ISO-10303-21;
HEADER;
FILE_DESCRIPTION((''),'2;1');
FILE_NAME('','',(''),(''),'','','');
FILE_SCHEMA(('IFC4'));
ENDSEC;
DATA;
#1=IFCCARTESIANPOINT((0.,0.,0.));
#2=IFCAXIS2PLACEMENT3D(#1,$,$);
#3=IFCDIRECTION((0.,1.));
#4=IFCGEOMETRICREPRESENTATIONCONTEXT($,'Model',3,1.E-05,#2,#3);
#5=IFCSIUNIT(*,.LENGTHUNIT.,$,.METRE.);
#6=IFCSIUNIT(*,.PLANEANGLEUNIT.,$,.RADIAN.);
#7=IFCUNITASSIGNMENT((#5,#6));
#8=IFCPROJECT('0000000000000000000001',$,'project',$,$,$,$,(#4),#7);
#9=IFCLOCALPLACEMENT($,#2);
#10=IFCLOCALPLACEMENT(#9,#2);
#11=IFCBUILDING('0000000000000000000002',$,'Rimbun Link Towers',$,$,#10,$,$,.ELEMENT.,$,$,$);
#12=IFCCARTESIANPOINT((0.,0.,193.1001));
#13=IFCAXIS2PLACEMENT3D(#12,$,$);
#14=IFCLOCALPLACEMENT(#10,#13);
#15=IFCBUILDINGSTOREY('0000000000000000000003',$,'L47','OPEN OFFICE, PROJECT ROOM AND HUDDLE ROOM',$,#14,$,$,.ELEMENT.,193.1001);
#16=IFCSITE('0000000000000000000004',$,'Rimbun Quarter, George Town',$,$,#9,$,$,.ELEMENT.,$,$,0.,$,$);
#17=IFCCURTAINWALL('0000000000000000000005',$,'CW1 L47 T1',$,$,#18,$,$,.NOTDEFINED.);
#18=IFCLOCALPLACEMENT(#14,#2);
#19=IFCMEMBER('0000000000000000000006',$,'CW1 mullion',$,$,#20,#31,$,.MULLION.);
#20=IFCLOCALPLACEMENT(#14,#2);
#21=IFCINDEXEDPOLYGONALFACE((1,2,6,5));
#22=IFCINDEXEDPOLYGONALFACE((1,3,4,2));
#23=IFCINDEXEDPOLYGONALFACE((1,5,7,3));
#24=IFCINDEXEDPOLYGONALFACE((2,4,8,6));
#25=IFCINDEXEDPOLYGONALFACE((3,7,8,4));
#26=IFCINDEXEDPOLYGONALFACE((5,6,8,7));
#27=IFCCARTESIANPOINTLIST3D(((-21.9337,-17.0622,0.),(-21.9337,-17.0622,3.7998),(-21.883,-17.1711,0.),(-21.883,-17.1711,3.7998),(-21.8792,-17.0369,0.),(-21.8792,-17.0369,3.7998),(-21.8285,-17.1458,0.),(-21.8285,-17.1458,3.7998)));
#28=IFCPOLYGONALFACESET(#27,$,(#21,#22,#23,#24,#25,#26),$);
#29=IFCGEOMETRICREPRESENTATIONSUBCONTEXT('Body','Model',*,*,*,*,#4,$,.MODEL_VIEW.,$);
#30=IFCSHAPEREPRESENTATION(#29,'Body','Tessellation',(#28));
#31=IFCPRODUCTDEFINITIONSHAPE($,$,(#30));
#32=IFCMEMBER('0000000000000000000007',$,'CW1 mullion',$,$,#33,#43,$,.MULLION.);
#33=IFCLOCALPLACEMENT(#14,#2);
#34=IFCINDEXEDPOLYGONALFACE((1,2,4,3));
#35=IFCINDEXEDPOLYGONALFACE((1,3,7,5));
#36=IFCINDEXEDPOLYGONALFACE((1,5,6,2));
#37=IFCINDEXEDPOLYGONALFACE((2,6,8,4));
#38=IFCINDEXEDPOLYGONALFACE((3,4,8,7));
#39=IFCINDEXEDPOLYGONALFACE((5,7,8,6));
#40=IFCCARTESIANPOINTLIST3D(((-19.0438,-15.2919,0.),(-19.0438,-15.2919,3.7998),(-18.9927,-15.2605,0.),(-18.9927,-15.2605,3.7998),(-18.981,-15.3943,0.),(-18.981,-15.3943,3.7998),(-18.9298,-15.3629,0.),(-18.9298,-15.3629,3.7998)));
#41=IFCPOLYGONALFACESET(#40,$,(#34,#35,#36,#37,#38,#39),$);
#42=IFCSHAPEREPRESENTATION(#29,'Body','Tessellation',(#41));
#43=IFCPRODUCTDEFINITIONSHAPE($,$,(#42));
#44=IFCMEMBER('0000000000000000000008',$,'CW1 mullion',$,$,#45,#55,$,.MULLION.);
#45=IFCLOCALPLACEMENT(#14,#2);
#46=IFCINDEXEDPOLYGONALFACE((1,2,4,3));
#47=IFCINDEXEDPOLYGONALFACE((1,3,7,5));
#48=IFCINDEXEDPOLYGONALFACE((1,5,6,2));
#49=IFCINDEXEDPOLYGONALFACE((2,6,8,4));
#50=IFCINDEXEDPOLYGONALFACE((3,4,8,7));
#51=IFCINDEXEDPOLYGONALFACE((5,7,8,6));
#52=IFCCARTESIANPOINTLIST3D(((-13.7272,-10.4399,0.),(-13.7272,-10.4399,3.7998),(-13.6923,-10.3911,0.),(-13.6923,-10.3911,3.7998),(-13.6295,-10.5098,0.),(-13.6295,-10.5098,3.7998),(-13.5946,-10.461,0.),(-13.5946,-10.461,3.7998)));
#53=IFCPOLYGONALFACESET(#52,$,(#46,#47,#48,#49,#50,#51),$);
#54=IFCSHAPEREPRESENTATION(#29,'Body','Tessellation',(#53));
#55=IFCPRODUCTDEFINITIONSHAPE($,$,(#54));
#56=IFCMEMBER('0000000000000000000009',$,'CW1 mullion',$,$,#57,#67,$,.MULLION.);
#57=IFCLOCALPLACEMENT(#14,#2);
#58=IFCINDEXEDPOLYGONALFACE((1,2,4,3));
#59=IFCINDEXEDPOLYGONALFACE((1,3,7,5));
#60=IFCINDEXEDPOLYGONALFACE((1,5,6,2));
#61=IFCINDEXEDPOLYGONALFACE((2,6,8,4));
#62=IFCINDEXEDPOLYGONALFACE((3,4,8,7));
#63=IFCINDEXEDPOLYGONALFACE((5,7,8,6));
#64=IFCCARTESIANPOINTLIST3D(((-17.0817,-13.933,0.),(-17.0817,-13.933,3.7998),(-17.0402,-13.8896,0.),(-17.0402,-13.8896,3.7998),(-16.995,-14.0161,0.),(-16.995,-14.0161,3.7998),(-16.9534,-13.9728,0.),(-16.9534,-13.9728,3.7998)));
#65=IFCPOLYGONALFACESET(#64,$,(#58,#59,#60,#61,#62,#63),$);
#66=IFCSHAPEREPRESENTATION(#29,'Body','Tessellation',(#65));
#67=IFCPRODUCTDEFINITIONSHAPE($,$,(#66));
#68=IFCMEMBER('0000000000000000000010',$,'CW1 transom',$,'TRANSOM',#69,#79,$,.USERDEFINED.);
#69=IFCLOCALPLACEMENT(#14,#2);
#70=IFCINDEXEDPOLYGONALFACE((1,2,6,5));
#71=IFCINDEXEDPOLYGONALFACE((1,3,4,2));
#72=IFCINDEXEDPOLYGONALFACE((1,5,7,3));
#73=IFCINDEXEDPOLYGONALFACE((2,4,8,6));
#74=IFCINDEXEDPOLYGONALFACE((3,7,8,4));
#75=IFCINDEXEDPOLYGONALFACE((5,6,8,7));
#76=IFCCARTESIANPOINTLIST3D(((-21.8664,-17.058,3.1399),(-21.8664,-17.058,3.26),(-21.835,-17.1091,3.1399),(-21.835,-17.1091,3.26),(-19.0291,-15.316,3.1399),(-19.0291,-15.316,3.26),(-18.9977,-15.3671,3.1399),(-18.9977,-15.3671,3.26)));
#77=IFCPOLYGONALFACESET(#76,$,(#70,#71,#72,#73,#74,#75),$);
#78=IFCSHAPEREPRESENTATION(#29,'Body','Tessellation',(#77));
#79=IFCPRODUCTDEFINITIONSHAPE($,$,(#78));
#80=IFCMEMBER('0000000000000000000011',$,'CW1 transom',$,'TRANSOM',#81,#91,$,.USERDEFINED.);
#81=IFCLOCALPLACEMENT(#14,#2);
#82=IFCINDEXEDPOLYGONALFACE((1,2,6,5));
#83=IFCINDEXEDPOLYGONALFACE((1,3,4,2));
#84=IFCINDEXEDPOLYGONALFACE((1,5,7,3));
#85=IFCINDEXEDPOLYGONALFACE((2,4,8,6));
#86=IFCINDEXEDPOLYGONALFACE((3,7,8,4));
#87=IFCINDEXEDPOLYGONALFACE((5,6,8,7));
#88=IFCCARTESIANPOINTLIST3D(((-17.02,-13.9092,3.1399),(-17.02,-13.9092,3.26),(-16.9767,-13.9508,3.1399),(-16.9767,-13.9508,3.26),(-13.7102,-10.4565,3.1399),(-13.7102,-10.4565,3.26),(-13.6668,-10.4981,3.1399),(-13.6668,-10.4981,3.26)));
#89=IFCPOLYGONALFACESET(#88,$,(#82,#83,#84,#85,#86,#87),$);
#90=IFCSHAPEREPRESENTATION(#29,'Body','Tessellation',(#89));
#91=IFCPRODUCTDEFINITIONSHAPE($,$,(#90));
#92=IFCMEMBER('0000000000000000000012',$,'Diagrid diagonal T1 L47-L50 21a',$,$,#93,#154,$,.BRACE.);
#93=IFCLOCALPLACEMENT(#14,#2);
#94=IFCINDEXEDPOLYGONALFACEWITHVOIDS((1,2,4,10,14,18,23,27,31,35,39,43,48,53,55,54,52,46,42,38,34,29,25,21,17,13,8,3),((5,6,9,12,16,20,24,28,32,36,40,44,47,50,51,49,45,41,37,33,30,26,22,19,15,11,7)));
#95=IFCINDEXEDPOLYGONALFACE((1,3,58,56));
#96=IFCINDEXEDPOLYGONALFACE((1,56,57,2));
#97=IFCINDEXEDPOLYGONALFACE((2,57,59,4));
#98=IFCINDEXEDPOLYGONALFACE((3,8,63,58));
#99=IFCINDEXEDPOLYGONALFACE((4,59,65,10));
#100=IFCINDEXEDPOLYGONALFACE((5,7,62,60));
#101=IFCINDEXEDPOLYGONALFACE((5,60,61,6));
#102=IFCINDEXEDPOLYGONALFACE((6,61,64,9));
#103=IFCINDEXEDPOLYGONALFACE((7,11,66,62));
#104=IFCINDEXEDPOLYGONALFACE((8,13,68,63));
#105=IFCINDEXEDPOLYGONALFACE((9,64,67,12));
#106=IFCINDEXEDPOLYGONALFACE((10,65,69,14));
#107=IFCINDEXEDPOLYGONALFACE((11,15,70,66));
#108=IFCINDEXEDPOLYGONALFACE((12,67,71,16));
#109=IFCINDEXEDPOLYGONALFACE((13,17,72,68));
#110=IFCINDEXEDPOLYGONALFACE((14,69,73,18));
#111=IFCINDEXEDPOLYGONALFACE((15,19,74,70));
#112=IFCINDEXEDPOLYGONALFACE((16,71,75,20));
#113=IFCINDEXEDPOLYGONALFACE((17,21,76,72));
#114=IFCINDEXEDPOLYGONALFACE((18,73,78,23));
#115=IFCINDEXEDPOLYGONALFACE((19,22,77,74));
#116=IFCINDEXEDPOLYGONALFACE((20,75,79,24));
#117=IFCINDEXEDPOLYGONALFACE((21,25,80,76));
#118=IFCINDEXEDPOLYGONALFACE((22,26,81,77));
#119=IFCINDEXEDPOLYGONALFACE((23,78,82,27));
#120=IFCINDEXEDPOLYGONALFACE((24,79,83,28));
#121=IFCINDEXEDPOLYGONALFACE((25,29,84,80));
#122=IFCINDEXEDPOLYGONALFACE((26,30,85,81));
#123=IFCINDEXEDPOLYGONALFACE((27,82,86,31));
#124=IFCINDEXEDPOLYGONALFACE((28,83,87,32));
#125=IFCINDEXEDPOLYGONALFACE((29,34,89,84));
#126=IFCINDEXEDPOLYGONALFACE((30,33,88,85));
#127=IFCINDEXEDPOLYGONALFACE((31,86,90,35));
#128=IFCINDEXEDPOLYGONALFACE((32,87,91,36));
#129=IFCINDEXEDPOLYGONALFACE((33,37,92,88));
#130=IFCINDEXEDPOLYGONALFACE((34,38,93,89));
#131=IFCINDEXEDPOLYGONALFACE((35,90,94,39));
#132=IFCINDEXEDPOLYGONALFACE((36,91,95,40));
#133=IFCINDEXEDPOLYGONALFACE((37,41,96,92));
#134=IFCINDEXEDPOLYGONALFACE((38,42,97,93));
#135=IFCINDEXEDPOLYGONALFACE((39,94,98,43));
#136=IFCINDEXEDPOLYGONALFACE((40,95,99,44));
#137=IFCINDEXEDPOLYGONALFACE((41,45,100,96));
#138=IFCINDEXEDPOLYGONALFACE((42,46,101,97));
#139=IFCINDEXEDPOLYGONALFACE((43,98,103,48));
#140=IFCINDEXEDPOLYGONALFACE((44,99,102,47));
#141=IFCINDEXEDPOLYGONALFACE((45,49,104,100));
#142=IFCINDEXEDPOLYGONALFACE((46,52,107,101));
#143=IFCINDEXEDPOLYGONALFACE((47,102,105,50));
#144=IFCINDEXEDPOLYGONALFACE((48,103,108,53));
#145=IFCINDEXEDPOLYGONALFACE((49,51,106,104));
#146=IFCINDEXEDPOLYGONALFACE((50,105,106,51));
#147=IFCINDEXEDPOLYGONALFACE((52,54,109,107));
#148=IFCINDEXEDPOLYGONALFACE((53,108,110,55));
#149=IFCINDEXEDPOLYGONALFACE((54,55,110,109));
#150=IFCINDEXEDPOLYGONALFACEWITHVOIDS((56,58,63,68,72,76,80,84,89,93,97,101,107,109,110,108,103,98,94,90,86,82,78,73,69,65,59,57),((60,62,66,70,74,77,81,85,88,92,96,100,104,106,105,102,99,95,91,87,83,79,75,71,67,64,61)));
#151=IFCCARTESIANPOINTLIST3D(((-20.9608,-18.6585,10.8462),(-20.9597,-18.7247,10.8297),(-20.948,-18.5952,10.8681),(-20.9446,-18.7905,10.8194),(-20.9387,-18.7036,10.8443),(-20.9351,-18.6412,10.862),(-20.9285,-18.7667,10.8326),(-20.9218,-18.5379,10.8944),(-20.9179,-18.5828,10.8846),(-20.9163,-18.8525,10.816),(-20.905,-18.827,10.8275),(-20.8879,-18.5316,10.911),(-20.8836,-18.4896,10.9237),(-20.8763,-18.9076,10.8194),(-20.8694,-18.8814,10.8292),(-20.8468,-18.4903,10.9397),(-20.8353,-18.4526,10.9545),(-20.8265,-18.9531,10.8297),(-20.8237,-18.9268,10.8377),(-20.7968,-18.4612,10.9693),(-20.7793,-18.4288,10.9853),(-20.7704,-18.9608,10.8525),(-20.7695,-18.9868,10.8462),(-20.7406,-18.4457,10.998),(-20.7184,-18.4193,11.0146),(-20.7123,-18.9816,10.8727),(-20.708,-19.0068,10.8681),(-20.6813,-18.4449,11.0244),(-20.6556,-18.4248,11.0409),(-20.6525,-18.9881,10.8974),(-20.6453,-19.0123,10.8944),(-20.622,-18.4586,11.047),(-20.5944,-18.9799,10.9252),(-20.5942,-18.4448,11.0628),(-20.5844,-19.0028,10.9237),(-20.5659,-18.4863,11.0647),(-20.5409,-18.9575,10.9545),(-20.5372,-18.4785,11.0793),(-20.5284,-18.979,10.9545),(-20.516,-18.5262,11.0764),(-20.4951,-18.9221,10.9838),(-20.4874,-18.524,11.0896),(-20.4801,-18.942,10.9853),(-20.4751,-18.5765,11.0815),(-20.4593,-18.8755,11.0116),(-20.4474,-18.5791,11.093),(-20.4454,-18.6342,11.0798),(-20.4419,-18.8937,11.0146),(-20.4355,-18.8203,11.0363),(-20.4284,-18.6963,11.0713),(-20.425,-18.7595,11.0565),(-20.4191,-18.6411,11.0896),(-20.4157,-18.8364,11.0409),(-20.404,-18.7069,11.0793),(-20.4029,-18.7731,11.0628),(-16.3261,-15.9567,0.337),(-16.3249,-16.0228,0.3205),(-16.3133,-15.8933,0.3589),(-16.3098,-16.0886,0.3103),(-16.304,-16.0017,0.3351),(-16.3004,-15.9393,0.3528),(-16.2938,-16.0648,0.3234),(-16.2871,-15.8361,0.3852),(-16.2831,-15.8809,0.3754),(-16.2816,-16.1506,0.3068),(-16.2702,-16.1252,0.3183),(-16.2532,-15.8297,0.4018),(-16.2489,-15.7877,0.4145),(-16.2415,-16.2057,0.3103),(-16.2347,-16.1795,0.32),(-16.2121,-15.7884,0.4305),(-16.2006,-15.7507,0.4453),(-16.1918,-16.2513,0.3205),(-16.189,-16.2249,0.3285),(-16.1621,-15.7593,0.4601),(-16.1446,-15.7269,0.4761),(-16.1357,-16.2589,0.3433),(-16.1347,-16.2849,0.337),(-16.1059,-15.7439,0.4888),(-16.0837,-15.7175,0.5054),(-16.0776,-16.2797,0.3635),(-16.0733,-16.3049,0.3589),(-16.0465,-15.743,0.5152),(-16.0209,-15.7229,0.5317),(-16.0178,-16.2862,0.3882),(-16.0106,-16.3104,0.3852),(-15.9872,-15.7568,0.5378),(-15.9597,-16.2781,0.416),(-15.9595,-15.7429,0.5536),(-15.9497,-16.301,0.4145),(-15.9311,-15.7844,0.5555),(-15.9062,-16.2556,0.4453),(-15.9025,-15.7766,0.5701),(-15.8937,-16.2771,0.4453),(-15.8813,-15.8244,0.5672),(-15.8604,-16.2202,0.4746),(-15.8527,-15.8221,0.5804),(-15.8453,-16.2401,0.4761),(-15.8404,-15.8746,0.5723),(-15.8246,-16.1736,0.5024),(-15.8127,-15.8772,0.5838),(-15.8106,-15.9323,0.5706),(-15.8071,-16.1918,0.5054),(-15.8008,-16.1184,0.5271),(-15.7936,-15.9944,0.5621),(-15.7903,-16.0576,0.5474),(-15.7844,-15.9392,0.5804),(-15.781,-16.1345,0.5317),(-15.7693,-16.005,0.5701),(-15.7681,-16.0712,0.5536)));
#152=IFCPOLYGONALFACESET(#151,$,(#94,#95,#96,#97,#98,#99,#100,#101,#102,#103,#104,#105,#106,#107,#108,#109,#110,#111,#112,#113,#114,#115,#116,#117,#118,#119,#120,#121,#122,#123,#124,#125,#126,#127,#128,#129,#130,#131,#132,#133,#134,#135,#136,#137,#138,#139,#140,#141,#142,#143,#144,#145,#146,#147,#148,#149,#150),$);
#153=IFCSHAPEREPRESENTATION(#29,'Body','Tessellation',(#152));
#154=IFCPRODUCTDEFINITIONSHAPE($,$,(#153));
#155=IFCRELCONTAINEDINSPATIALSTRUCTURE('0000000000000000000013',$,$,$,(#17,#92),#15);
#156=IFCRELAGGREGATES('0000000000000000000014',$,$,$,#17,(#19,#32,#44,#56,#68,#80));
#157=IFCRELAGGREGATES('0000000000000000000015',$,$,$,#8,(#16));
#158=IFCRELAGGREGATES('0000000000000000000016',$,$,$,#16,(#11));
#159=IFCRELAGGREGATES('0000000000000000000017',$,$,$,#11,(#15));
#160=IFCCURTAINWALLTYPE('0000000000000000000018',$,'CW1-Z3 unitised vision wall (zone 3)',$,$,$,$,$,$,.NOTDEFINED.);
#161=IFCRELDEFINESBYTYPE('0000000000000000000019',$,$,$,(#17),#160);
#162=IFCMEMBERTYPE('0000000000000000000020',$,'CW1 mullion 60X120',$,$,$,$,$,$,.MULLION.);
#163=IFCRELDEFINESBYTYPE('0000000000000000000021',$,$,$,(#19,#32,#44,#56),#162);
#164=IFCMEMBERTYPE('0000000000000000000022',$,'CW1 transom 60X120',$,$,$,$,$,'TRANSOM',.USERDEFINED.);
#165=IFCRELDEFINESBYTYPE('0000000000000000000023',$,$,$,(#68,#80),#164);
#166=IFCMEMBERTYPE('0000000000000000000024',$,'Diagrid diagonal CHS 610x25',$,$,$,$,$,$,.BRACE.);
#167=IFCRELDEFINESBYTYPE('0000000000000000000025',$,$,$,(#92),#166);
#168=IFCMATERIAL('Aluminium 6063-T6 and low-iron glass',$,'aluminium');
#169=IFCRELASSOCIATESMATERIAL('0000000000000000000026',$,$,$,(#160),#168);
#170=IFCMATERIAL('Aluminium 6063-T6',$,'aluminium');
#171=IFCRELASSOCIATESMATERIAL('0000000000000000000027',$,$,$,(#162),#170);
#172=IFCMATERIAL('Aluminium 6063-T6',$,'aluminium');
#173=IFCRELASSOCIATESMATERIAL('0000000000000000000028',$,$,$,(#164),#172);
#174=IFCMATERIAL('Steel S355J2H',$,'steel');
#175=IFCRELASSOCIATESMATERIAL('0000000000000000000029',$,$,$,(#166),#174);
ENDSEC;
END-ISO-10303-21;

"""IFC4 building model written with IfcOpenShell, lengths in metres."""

from ifc_helpers import new_model, si_unit, direction, frame, origin, origin_2d, place, context, subcontext, project, spatial, rectangle, hollow_circle, extrude, material, material_profile, profile_set, type_object, element, aggregate, save


model = new_model("IFC4")

# Units and contexts
model_context = context("Model", 3, precision=1e-05, world=origin(), true_north=direction((0.0, 1.0)))
body_context = subcontext(model_context, "Body", "Model", "MODEL_VIEW")
ifc_project = project(units=[si_unit("LENGTHUNIT", "METRE"), si_unit("PLANEANGLEUNIT", "RADIAN")], contexts=[model_context])

# Site, building, storey
site_placement = place(None, origin())
site = spatial("IfcSite", under=ifc_project, at=site_placement, Name="Rimbun Quarter, George Town", CompositionType="ELEMENT", RefElevation=0.0)
building_placement = place(site_placement, origin())
building = spatial("IfcBuilding", under=site, at=building_placement, Name="Rimbun Link Towers", CompositionType="ELEMENT")
storey_placement = place(building_placement, frame((0.0, 0.0, 193.1001)))
storey = spatial("IfcBuildingStorey", under=building, at=storey_placement, Name="L47", Description="OPEN OFFICE, PROJECT ROOM AND HUDDLE ROOM", CompositionType="ELEMENT", Elevation=193.1001)

# Curtain wall, members
ifc_material_1 = material(Name="Aluminium 6063-T6 and low-iron glass", Category="aluminium")
curtain_wall_type = type_object("IfcCurtainWallType", Name="CW1-Z3 unitised vision wall (zone 3)", PredefinedType="NOTDEFINED", material=ifc_material_1)
curtain_wall_placement = place(storey_placement, origin())
curtain_wall = element("IfcCurtainWall", 1, at=curtain_wall_placement, inside=storey, type_object=curtain_wall_type, Name="CW1 L47 T1", PredefinedType="NOTDEFINED")
ifc_material_2 = material(Name="Aluminium 6063-T6", Category="aluminium")
ifc_material_profile_1 = material_profile(ifc_material_2, rectangle(XDim=0.1201, YDim=0.0601, at=origin_2d()), Name="MULLION 60X120")
ifc_profile_set_1 = profile_set([ifc_material_profile_1], Name="Aluminium 6063-T6")
member_type_1 = type_object("IfcMemberType", Name="CW1 mullion 60X120", PredefinedType="MULLION", material=ifc_profile_set_1)
member_1_placement = place(storey_placement, frame((-21.8811, -17.104, 0.0), z_axis=(0.0, 0.0, 1.0), x_axis=(0.421695, -0.906738, 0.0)))
member_1 = element("IfcMember", 2, at=member_1_placement, type_object=member_type_1, Name="CW1 mullion", PredefinedType="MULLION", context=body_context, shape_type="SweptSolid", body=[
    extrude(rectangle(XDim=0.1201, YDim=0.0601, at=origin_2d()), origin(), (0.0, 0.0, 1.0), 3.7998),
])
member_2_placement = place(storey_placement, frame((-18.9868, -15.3274, 0.0), z_axis=(0.0, 0.0, 1.0), x_axis=(0.523229, -0.852192, 0.0)))
member_2 = element("IfcMember", 3, at=member_2_placement, type_object=member_type_1, Name="CW1 mullion", PredefinedType="MULLION", context=body_context, shape_type="SweptSolid", body=[
    extrude(rectangle(XDim=0.1201, YDim=0.0601, at=origin_2d()), origin(), (0.0, 0.0, 1.0), 3.7998),
])
member_3_placement = place(storey_placement, frame((-13.6609, -10.4504, 0.0), z_axis=(0.0, 0.0, 1.0), x_axis=(0.813351, -0.581774, 0.0)))
member_3 = element("IfcMember", 4, at=member_3_placement, type_object=member_type_1, Name="CW1 mullion", PredefinedType="MULLION", context=body_context, shape_type="SweptSolid", body=[
    extrude(rectangle(XDim=0.1201, YDim=0.0601, at=origin_2d()), origin(), (0.0, 0.0, 1.0), 3.7998),
])
member_4_placement = place(storey_placement, frame((-17.0176, -13.9529, 0.0), z_axis=(0.0, 0.0, 1.0), x_axis=(0.721859, -0.692041, 0.0)))
member_4 = element("IfcMember", 5, at=member_4_placement, type_object=member_type_1, Name="CW1 mullion", PredefinedType="MULLION", context=body_context, shape_type="SweptSolid", body=[
    extrude(rectangle(XDim=0.1201, YDim=0.0601, at=origin_2d()), origin(), (0.0, 0.0, 1.0), 3.7998),
])
ifc_material_3 = material(Name="Aluminium 6063-T6", Category="aluminium")
ifc_material_profile_2 = material_profile(ifc_material_3, rectangle(XDim=0.0601, YDim=0.1201, at=origin_2d()), Name="TRANSOM 60X120")
ifc_profile_set_2 = profile_set([ifc_material_profile_2], Name="Aluminium 6063-T6")
member_type_2 = type_object("IfcMemberType", Name="CW1 transom 60X120", ElementType="TRANSOM", PredefinedType="USERDEFINED", material=ifc_profile_set_2)
member_5_placement = place(storey_placement, frame((-19.0134, -15.3416, 3.2), z_axis=(-0.852194, -0.523226, 0.0), x_axis=(0.523226, -0.852194, 0.0)))
member_5 = element("IfcMember", 6, at=member_5_placement, type_object=member_type_2, Name="CW1 transom", ObjectType="TRANSOM", PredefinedType="USERDEFINED", context=body_context, shape_type="SweptSolid", body=[
    extrude(rectangle(XDim=0.0601, YDim=0.1201, at=origin_2d()), origin(), (0.0, 0.0, 1.0), 3.3293),
])
member_6_placement = place(storey_placement, frame((-13.6885, -10.4773, 3.2), z_axis=(-0.692018, -0.72188, 0.0), x_axis=(0.72188, -0.692018, 0.0)))
member_6 = element("IfcMember", 7, at=member_6_placement, type_object=member_type_2, Name="CW1 transom", ObjectType="TRANSOM", PredefinedType="USERDEFINED", context=body_context, shape_type="SweptSolid", body=[
    extrude(rectangle(XDim=0.0601, YDim=0.1201, at=origin_2d()), origin(), (0.0, 0.0, 1.0), 4.783),
])

# Member
ifc_material_4 = material(Name="Steel S355J2H", Category="steel")
ifc_material_profile_3 = material_profile(ifc_material_4, hollow_circle(Radius=0.3047, WallThickness=0.0249, at=origin_2d()), Name="Diagrid diagonal CHS 610x25")
ifc_profile_set_3 = profile_set([ifc_material_profile_3], Name="Steel S355J2H")
member_type_3 = type_object("IfcMemberType", Name="Diagrid diagonal CHS 610x25", PredefinedType="BRACE", material=ifc_profile_set_3)
member_7_placement = place(storey_placement, frame((-16.0471, -16.0139, 0.4453), z_axis=(-0.392796, -0.228986, 0.890661), x_axis=(0.503633, -0.863918, 0.0)))
element("IfcMember", 8, at=member_7_placement, inside=storey, type_object=member_type_3, Name="Diagrid diagonal T1 L47-L50 21a", PredefinedType="BRACE", context=body_context, shape_type="SweptSolid", body=[
    extrude(hollow_circle(Radius=0.3047, WallThickness=0.0249, at=origin_2d()), origin(), (0.0, 0.0, 1.0), 11.7993),
])

aggregate(curtain_wall, [member_1, member_2, member_3, member_4, member_5, member_6])

save(model, "model.ifc")
